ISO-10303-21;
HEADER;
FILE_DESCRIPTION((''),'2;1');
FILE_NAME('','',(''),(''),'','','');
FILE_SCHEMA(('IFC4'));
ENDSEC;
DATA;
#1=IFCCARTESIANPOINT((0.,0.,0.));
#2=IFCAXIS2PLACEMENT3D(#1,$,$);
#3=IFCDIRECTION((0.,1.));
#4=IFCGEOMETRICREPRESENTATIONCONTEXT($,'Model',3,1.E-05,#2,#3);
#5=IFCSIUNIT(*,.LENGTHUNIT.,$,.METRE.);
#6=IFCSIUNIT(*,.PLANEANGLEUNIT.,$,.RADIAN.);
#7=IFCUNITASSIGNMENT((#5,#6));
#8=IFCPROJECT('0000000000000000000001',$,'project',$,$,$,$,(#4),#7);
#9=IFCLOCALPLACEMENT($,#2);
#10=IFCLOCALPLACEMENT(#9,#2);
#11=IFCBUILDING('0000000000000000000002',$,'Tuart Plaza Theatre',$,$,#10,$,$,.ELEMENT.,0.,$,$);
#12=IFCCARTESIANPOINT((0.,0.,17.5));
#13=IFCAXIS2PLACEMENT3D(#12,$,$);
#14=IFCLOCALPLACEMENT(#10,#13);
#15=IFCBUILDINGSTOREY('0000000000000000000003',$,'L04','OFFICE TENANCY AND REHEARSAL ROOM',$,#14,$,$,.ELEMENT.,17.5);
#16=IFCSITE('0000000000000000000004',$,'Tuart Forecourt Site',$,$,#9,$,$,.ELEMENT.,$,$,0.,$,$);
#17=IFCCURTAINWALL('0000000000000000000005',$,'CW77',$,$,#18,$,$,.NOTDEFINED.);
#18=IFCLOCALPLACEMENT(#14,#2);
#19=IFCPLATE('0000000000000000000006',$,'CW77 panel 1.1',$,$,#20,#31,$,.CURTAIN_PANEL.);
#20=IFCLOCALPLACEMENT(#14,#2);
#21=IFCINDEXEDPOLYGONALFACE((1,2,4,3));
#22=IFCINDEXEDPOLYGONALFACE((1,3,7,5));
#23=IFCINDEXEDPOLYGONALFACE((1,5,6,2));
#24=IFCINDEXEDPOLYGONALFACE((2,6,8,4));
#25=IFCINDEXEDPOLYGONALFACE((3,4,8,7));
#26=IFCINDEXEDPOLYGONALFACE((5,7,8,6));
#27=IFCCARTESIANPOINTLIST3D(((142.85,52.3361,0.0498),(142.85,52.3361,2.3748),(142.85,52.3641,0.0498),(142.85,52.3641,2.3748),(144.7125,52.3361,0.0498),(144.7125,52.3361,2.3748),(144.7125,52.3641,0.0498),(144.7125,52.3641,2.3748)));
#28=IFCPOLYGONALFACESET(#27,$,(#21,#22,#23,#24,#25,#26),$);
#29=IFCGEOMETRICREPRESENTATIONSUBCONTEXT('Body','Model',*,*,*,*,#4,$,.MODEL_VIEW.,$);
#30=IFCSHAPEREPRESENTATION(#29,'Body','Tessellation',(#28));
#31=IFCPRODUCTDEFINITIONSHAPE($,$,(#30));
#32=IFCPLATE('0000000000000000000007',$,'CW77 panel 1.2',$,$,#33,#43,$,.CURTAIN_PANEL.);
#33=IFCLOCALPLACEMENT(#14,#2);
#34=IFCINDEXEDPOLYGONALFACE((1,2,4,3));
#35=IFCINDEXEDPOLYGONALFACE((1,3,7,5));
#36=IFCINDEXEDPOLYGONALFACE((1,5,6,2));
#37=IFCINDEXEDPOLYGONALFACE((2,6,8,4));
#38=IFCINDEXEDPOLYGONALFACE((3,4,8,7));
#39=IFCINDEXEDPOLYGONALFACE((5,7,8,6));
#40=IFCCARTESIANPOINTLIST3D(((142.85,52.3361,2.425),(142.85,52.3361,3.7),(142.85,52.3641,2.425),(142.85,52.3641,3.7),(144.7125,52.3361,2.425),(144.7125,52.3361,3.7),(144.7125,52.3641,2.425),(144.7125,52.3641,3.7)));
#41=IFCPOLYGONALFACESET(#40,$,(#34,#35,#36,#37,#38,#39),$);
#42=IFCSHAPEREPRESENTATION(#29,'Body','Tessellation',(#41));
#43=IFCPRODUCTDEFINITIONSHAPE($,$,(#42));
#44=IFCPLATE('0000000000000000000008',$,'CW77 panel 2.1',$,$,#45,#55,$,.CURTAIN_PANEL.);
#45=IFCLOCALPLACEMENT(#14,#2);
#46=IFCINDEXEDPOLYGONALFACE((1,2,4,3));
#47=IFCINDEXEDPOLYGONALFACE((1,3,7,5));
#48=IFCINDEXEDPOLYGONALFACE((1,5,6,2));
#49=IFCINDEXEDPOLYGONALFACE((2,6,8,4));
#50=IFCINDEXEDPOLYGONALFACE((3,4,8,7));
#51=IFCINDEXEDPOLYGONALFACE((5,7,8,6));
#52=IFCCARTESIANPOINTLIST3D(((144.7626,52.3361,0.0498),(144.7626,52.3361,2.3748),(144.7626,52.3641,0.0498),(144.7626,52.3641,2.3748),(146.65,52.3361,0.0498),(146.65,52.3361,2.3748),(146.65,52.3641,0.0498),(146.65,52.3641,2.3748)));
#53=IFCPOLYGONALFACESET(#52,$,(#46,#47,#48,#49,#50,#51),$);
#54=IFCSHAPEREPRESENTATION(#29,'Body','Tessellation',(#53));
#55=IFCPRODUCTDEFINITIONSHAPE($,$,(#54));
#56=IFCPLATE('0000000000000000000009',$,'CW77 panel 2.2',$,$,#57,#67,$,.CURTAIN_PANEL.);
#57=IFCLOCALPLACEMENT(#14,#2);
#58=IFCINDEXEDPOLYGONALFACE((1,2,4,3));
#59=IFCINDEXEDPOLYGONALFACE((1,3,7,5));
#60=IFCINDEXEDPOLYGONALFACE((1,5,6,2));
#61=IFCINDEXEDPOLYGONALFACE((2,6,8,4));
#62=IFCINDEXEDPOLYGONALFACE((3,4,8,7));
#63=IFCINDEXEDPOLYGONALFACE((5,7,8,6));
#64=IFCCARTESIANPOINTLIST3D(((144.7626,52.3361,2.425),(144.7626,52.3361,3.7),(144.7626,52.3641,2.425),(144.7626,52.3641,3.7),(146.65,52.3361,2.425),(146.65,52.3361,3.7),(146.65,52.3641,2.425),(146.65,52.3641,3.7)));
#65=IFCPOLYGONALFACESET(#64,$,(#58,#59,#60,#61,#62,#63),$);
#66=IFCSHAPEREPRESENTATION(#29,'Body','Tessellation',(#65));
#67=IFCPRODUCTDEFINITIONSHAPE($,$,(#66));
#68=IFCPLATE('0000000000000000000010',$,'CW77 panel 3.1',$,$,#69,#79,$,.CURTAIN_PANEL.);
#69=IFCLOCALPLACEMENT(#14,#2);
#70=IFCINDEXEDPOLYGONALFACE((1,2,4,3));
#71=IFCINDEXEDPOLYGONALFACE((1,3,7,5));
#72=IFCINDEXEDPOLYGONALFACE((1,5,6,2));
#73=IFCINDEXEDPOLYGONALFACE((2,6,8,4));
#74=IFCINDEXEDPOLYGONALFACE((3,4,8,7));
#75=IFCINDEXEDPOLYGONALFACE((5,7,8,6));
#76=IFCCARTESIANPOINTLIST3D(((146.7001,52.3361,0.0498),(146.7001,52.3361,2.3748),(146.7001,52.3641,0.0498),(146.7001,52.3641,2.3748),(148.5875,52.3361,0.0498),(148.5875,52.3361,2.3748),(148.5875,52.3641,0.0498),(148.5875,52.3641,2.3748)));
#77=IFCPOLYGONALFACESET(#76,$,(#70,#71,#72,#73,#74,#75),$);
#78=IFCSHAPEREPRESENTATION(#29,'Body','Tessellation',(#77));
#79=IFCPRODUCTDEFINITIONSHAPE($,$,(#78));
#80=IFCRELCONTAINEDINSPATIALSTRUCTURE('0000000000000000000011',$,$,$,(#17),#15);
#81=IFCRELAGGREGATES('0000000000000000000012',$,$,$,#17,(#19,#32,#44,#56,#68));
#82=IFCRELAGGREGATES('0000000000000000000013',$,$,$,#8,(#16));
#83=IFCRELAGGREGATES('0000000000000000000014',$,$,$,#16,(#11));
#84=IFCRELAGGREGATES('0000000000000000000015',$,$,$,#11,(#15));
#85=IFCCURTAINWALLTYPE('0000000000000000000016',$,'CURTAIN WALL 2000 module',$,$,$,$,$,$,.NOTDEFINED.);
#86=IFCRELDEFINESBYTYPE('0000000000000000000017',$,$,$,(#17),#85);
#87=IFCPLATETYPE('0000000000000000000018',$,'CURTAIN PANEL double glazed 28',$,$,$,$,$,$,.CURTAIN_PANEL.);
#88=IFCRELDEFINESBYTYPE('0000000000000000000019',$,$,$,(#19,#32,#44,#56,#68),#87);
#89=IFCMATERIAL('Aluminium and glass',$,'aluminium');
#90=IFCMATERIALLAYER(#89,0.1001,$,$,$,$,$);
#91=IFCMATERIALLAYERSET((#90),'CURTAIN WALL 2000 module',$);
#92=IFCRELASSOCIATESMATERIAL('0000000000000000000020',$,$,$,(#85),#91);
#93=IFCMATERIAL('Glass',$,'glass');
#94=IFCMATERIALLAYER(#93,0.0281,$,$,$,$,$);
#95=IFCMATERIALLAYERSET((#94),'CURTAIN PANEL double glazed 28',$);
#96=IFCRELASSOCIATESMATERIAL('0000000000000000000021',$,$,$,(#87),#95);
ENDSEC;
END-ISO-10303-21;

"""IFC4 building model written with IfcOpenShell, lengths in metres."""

from ifc_helpers import new_model, si_unit, direction, frame, origin, origin_2d, place, context, subcontext, project, spatial, rectangle, extrude, material, layer, layer_set, type_object, element, aggregate, save


model = new_model("IFC4")

# Units and contexts
model_context = context("Model", 3, precision=1e-05, world=origin(), true_north=direction((0.0, 1.0)))
body_context = subcontext(model_context, "Body", "Model", "MODEL_VIEW")
ifc_project = project(units=[si_unit("LENGTHUNIT", "METRE"), si_unit("PLANEANGLEUNIT", "RADIAN")], contexts=[model_context])

# Site, building, storey
site_placement = place(None, origin())
site = spatial("IfcSite", under=ifc_project, at=site_placement, Name="Tuart Forecourt Site", CompositionType="ELEMENT", RefElevation=0.0)
building_placement = place(site_placement, origin())
building = spatial("IfcBuilding", under=site, at=building_placement, Name="Tuart Plaza Theatre", CompositionType="ELEMENT", ElevationOfRefHeight=0.0)
storey_placement = place(building_placement, frame((0.0, 0.0, 17.5)))
storey = spatial("IfcBuildingStorey", under=building, at=storey_placement, Name="L04", Description="OFFICE TENANCY AND REHEARSAL ROOM", CompositionType="ELEMENT", Elevation=17.5)

# Curtain wall
ifc_material_1 = material(Name="Aluminium and glass", Category="aluminium")
ifc_layer_1 = layer(ifc_material_1, 0.1001)
ifc_layer_set_1 = layer_set([ifc_layer_1], Name="CURTAIN WALL 2000 module")
curtain_wall_type = type_object("IfcCurtainWallType", Name="CURTAIN WALL 2000 module", PredefinedType="NOTDEFINED", material=ifc_layer_set_1)
curtain_wall_1_placement = place(storey_placement, origin())
curtain_wall_1 = element("IfcCurtainWall", 1, at=curtain_wall_1_placement, inside=storey, type_object=curtain_wall_type, Name="CW77", PredefinedType="NOTDEFINED")

# Plates
ifc_material_2 = material(Name="Glass", Category="glass")
ifc_layer_2 = layer(ifc_material_2, 0.0281)
ifc_layer_set_2 = layer_set([ifc_layer_2], Name="CURTAIN PANEL double glazed 28")
plate_type = type_object("IfcPlateType", Name="CURTAIN PANEL double glazed 28", PredefinedType="CURTAIN_PANEL", material=ifc_layer_set_2)
plate_1_placement = place(storey_placement, frame((143.7812, 52.3501, 0.0498), z_axis=(0.0, 0.0, 1.0), x_axis=(1.0, 0.0, 0.0)))
plate_1 = element("IfcPlate", 2, at=plate_1_placement, type_object=plate_type, Name="CW77 panel 1.1", PredefinedType="CURTAIN_PANEL", context=body_context, shape_type="SweptSolid", body=[
    extrude(rectangle(XDim=1.8625, YDim=0.0281, at=origin_2d()), origin(), (0.0, 0.0, 1.0), 2.325),
])
plate_2_placement = place(storey_placement, frame((143.7812, 52.3501, 2.425), z_axis=(0.0, 0.0, 1.0), x_axis=(1.0, 0.0, 0.0)))
plate_2 = element("IfcPlate", 3, at=plate_2_placement, type_object=plate_type, Name="CW77 panel 1.2", PredefinedType="CURTAIN_PANEL", context=body_context, shape_type="SweptSolid", body=[
    extrude(rectangle(XDim=1.8625, YDim=0.0281, at=origin_2d()), origin(), (0.0, 0.0, 1.0), 1.2749),
])
plate_3_placement = place(storey_placement, frame((145.7063, 52.3501, 0.0498), z_axis=(0.0, 0.0, 1.0), x_axis=(1.0, 0.0, 0.0)))
plate_3 = element("IfcPlate", 4, at=plate_3_placement, type_object=plate_type, Name="CW77 panel 2.1", PredefinedType="CURTAIN_PANEL", context=body_context, shape_type="SweptSolid", body=[
    extrude(rectangle(XDim=1.8875, YDim=0.0281, at=origin_2d()), origin(), (0.0, 0.0, 1.0), 2.325),
])
plate_4_placement = place(storey_placement, frame((145.7063, 52.3501, 2.425), z_axis=(0.0, 0.0, 1.0), x_axis=(1.0, 0.0, 0.0)))
plate_4 = element("IfcPlate", 5, at=plate_4_placement, type_object=plate_type, Name="CW77 panel 2.2", PredefinedType="CURTAIN_PANEL", context=body_context, shape_type="SweptSolid", body=[
    extrude(rectangle(XDim=1.8875, YDim=0.0281, at=origin_2d()), origin(), (0.0, 0.0, 1.0), 1.2749),
])
plate_5_placement = place(storey_placement, frame((147.6438, 52.3501, 0.0498), z_axis=(0.0, 0.0, 1.0), x_axis=(1.0, 0.0, 0.0)))
plate_5 = element("IfcPlate", 6, at=plate_5_placement, type_object=plate_type, Name="CW77 panel 3.1", PredefinedType="CURTAIN_PANEL", context=body_context, shape_type="SweptSolid", body=[
    extrude(rectangle(XDim=1.8875, YDim=0.0281, at=origin_2d()), origin(), (0.0, 0.0, 1.0), 2.325),
])
aggregate(curtain_wall_1, [plate_1, plate_2, plate_3, plate_4, plate_5])

save(model, "model.ifc")
